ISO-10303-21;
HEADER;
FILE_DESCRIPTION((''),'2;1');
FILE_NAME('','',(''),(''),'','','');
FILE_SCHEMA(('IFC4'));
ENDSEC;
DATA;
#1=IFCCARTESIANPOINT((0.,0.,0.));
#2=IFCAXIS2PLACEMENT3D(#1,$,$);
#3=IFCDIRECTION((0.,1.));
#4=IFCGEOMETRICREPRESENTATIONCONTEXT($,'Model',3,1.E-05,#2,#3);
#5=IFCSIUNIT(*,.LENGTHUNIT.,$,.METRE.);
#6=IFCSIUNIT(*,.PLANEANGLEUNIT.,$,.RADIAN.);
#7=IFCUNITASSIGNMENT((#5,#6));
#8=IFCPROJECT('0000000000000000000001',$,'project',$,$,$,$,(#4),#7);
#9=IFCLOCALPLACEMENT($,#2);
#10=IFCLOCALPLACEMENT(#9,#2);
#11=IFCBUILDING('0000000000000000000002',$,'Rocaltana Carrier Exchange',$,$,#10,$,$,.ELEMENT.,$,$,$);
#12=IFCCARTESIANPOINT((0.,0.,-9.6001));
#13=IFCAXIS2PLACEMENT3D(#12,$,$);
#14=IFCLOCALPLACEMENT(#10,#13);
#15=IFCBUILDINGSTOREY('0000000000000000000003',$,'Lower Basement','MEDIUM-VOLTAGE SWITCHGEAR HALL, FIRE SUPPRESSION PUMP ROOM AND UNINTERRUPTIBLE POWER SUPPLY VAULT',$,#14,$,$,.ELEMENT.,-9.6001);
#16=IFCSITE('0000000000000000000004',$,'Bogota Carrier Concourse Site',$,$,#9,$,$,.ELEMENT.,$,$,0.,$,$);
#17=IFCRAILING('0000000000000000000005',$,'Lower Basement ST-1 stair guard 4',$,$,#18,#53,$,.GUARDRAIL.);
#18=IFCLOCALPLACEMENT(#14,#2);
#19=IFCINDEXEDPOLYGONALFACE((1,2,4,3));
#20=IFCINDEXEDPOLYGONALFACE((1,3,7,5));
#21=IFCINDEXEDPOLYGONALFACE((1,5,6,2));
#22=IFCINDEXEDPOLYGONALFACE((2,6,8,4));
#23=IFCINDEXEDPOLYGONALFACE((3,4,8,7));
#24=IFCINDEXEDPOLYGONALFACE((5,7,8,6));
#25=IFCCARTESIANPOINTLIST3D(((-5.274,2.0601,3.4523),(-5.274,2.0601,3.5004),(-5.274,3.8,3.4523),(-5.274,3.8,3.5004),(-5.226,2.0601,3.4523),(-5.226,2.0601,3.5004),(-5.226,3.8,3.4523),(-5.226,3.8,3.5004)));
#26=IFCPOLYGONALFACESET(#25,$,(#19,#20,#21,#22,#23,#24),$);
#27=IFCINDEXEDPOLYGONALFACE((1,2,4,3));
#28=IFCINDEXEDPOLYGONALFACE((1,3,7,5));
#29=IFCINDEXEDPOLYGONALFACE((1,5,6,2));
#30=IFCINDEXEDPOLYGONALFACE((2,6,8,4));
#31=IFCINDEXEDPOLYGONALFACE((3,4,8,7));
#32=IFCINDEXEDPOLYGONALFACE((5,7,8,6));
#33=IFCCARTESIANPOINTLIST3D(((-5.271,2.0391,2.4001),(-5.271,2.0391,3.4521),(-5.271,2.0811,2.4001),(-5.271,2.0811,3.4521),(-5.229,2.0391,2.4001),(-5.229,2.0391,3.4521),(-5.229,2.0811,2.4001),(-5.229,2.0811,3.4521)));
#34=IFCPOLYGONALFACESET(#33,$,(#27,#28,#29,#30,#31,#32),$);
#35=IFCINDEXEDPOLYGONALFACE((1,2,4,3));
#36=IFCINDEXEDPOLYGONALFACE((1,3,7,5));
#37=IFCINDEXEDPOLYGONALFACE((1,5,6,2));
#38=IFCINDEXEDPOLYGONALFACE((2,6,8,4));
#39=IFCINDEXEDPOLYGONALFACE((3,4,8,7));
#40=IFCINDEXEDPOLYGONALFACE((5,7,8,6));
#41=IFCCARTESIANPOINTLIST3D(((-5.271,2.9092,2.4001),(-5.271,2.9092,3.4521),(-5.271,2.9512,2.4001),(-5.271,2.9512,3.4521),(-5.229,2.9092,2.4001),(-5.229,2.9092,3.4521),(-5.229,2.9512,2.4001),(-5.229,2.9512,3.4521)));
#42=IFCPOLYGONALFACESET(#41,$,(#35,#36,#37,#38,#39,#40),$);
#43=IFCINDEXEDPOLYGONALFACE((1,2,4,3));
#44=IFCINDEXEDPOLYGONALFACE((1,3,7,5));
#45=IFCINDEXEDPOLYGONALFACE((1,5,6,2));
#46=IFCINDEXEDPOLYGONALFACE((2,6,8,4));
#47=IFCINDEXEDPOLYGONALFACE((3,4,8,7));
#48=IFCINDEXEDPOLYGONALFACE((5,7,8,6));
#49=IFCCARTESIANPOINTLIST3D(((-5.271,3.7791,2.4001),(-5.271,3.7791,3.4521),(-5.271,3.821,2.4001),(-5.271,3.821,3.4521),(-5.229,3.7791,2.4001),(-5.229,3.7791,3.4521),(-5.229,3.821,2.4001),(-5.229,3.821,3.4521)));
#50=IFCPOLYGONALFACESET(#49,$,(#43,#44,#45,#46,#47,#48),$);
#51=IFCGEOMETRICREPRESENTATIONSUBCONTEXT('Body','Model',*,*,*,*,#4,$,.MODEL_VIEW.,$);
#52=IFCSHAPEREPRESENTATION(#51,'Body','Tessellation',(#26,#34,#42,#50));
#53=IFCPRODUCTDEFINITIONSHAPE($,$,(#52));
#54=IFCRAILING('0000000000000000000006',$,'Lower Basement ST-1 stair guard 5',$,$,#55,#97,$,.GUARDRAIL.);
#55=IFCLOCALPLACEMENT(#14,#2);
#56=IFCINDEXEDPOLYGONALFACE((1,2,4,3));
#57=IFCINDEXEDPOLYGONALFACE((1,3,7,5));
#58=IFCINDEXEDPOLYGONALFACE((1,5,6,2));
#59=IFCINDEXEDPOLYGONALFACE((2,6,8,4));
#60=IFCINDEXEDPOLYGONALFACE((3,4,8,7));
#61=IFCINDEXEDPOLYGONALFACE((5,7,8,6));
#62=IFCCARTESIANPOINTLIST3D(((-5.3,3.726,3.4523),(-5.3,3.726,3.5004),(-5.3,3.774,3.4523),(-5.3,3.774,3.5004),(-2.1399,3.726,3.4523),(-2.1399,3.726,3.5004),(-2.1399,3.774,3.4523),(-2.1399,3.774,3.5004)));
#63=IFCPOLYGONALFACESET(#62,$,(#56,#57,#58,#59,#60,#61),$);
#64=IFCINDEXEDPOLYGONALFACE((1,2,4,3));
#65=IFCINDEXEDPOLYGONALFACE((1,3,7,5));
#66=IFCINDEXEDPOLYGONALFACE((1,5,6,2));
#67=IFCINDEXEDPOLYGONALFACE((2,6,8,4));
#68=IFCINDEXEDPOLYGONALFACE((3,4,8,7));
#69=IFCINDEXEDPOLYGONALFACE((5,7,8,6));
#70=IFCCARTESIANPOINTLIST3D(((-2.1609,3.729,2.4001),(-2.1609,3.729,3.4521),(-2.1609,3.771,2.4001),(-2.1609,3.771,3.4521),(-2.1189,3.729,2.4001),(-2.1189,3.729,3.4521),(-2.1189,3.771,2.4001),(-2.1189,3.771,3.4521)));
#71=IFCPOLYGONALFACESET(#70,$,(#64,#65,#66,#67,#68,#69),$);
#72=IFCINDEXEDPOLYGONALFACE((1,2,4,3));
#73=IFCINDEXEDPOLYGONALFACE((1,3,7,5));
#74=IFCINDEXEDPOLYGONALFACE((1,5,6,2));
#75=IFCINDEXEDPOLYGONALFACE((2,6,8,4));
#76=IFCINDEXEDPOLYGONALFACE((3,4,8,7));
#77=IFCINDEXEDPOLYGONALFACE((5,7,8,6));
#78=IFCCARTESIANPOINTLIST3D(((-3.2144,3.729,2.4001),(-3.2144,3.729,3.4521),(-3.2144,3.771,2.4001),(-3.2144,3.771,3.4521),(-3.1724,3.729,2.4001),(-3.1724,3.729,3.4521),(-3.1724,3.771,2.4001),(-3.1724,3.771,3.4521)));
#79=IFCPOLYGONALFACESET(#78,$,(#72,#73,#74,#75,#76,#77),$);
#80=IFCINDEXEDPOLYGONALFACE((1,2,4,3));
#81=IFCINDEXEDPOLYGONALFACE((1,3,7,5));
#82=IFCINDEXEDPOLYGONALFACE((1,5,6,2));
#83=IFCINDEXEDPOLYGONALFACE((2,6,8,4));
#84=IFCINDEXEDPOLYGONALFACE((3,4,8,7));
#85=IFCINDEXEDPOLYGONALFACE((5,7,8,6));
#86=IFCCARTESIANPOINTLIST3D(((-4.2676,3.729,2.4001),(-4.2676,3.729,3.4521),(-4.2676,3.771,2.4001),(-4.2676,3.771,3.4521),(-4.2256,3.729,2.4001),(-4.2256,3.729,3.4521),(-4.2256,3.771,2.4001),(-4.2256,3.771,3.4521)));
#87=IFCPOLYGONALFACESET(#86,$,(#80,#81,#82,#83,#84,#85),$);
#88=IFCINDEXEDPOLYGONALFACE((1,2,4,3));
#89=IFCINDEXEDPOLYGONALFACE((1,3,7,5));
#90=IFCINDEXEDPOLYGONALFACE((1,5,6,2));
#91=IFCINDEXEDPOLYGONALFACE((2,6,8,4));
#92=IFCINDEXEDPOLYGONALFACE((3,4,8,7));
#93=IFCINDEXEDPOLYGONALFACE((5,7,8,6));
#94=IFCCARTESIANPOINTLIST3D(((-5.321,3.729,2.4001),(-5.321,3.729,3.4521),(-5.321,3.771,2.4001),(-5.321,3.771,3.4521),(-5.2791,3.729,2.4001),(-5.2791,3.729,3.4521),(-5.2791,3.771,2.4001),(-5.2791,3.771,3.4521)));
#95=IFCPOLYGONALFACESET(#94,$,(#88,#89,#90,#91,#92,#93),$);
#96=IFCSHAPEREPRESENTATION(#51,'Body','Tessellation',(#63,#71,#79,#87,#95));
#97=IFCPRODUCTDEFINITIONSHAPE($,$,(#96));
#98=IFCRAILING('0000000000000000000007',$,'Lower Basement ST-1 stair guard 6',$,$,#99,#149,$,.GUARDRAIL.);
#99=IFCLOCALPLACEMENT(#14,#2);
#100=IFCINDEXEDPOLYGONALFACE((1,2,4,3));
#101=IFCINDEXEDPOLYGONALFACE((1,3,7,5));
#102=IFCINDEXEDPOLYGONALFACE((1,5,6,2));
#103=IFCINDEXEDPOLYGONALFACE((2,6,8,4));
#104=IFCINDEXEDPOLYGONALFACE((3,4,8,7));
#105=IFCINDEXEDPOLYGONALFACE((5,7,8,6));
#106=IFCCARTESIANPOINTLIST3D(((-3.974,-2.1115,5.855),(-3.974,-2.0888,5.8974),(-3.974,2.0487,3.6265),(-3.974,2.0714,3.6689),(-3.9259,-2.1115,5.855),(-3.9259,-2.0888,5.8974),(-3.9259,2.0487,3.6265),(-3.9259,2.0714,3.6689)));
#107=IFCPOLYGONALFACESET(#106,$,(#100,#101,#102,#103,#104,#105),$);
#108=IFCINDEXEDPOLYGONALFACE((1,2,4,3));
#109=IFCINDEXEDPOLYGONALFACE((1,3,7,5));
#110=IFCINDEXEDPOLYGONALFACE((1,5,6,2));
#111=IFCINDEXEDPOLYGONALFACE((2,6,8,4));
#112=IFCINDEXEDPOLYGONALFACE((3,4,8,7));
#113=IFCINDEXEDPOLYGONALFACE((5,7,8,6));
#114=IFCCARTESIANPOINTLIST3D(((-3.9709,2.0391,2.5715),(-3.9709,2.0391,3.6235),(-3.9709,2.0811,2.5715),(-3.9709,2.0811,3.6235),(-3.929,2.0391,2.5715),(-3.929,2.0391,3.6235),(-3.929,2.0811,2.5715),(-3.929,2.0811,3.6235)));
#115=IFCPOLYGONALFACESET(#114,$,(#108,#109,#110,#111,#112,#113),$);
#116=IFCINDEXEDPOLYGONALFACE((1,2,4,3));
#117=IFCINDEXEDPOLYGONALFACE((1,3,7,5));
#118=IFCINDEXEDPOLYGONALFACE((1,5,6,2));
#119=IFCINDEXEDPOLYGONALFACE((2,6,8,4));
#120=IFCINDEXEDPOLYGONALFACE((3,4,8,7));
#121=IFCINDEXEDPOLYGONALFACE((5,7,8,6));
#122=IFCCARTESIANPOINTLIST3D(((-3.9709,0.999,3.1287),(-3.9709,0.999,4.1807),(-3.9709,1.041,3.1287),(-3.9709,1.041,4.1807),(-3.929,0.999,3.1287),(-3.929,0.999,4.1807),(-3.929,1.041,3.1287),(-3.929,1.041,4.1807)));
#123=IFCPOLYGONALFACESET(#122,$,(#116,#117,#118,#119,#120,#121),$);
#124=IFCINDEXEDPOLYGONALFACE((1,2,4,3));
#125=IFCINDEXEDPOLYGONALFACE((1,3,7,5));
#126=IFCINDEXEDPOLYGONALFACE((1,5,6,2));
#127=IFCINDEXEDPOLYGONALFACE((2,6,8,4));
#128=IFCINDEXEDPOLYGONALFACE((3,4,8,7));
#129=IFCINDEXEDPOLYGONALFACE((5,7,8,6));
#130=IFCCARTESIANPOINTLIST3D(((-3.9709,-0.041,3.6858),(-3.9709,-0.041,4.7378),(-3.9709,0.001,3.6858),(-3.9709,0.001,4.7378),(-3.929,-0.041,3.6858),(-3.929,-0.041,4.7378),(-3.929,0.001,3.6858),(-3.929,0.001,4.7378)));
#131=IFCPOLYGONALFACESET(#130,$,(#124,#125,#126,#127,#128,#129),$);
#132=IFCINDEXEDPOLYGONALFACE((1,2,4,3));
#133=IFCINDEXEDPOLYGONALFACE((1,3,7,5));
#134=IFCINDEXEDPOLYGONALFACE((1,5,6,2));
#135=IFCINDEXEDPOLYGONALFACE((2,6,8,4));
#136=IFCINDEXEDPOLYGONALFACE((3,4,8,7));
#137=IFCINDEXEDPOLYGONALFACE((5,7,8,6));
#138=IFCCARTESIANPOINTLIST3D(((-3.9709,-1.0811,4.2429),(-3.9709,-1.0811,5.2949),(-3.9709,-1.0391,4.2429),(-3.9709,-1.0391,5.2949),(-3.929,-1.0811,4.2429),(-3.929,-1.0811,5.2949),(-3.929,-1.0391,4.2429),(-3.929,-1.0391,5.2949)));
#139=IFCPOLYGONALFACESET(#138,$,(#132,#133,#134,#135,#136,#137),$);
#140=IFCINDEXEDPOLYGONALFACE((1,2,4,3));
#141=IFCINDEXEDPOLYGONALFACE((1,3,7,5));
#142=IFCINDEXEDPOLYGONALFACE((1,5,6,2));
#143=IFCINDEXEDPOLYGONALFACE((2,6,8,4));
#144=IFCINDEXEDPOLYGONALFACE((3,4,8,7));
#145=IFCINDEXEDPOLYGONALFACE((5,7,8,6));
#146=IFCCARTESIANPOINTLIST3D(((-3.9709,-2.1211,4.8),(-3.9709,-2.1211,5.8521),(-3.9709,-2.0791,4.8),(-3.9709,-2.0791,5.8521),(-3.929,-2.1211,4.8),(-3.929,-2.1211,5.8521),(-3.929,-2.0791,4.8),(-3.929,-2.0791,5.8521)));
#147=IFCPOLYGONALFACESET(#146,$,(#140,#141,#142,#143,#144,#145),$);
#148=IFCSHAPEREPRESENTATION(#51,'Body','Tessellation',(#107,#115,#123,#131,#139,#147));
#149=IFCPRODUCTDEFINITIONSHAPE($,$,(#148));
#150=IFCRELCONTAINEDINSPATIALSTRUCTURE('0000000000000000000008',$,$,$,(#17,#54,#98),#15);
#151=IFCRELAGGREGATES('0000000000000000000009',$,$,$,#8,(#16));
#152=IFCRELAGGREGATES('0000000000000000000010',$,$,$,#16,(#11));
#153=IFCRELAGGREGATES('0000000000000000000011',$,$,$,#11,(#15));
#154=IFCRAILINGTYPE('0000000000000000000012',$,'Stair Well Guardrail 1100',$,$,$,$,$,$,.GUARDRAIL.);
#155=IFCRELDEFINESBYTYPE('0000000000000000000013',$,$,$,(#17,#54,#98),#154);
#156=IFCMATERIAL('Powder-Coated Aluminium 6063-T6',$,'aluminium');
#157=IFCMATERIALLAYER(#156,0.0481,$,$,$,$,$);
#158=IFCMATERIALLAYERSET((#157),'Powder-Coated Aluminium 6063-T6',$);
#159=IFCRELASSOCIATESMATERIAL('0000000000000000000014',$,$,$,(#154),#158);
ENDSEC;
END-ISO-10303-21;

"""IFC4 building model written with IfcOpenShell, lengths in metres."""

from ifc_helpers import new_model, si_unit, direction, frame, origin, origin_2d, place, context, subcontext, project, spatial, rectangle, extrude, material, layer, layer_set, type_object, element, save


model = new_model("IFC4")

# Units and contexts
model_context = context("Model", 3, precision=1e-05, world=origin(), true_north=direction((0.0, 1.0)))
body_context = subcontext(model_context, "Body", "Model", "MODEL_VIEW")
ifc_project = project(units=[si_unit("LENGTHUNIT", "METRE"), si_unit("PLANEANGLEUNIT", "RADIAN")], contexts=[model_context])

# Site, building, storey
site_placement = place(None, origin())
site = spatial("IfcSite", under=ifc_project, at=site_placement, Name="Bogota Carrier Concourse Site", CompositionType="ELEMENT", RefElevation=0.0)
building_placement = place(site_placement, origin())
building = spatial("IfcBuilding", under=site, at=building_placement, Name="Rocaltana Carrier Exchange", CompositionType="ELEMENT")
storey_placement = place(building_placement, frame((0.0, 0.0, -9.6001)))
storey = spatial("IfcBuildingStorey", under=building, at=storey_placement, Name="Lower Basement", Description="MEDIUM-VOLTAGE SWITCHGEAR HALL, FIRE SUPPRESSION PUMP ROOM AND UNINTERRUPTIBLE POWER SUPPLY VAULT", CompositionType="ELEMENT", Elevation=-9.6001)

# Railings
ifc_material_1 = material(Name="Powder-Coated Aluminium 6063-T6", Category="aluminium")
ifc_layer_1 = layer(ifc_material_1, 0.0481)
ifc_layer_set_1 = layer_set([ifc_layer_1], Name="Powder-Coated Aluminium 6063-T6")
railing_type_1 = type_object("IfcRailingType", Name="Stair Well Guardrail 1100", PredefinedType="GUARDRAIL", material=ifc_layer_set_1)
for number, where, name in (
    (1, (-5.25, 2.0601, 2.4001), "Lower Basement ST-1 stair guard 4"),
):
    element("IfcRailing", number, at=place(storey_placement, frame(where)), inside=storey, type_object=railing_type_1, Name=name, PredefinedType="GUARDRAIL", context=body_context, shape_type="SweptSolid", body=[
        extrude(rectangle(XDim=0.0481, YDim=0.0481, at=origin_2d()), frame((0.0, 0.0, 1.0762), z_axis=(0.0, 1.0, 0.0), x_axis=(-1.0, 0.0, 0.0)), (0.0, 0.0, 1.0), 1.74),
        extrude(rectangle(XDim=0.042, YDim=0.042, at=origin_2d()), origin(), (0.0, 0.0, 1.0), 1.052),
        extrude(rectangle(XDim=0.042, YDim=0.042, at=origin_2d()), frame((0.0, 0.8701, 0.0)), (0.0, 0.0, 1.0), 1.052),
        extrude(rectangle(XDim=0.042, YDim=0.042, at=origin_2d()), frame((0.0, 1.74, 0.0)), (0.0, 0.0, 1.0), 1.052),
    ])
railing_1_placement = place(storey_placement, frame((-2.1399, 3.75, 2.4001)))
element("IfcRailing", 2, at=railing_1_placement, inside=storey, type_object=railing_type_1, Name="Lower Basement ST-1 stair guard 5", PredefinedType="GUARDRAIL", context=body_context, shape_type="SweptSolid", body=[
    extrude(rectangle(XDim=0.0481, YDim=0.0481, at=origin_2d()), frame((0.0, 0.0, 1.0762), z_axis=(-1.0, 0.0, 0.0), x_axis=(0.0, -1.0, 0.0)), (0.0, 0.0, 1.0), 3.1602),
    extrude(rectangle(XDim=0.042, YDim=0.042, at=origin_2d()), origin(), (0.0, 0.0, 1.0), 1.052),
    extrude(rectangle(XDim=0.042, YDim=0.042, at=origin_2d()), frame((-1.0535, 0.0, 0.0)), (0.0, 0.0, 1.0), 1.052),
    extrude(rectangle(XDim=0.042, YDim=0.042, at=origin_2d()), frame((-2.1067, 0.0, 0.0)), (0.0, 0.0, 1.0), 1.052),
    extrude(rectangle(XDim=0.042, YDim=0.042, at=origin_2d()), frame((-3.1602, 0.0, 0.0)), (0.0, 0.0, 1.0), 1.052),
])
railing_2_placement = place(storey_placement, frame((-3.95, 2.0601, 2.5715)))
element("IfcRailing", 3, at=railing_2_placement, inside=storey, type_object=railing_type_1, Name="Lower Basement ST-1 stair guard 6", PredefinedType="GUARDRAIL", context=body_context, shape_type="SweptSolid", body=[
    extrude(rectangle(XDim=0.0481, YDim=0.0481, at=origin_2d()), frame((0.0, 0.0, 1.0762), z_axis=(0.0, -0.881492, 0.472198), x_axis=(1.0, 0.0, 0.0)), (0.0, 0.0, 1.0), 4.7195),
    extrude(rectangle(XDim=0.042, YDim=0.042, at=origin_2d()), origin(), (0.0, 0.0, 1.0), 1.052),
    extrude(rectangle(XDim=0.042, YDim=0.042, at=origin_2d()), frame((0.0, -1.04, 0.5571)), (0.0, 0.0, 1.0), 1.052),
    extrude(rectangle(XDim=0.042, YDim=0.042, at=origin_2d()), frame((0.0, -2.0801, 1.1143)), (0.0, 0.0, 1.0), 1.052),
    extrude(rectangle(XDim=0.042, YDim=0.042, at=origin_2d()), frame((0.0, -3.1201, 1.6714)), (0.0, 0.0, 1.0), 1.052),
    extrude(rectangle(XDim=0.042, YDim=0.042, at=origin_2d()), frame((0.0, -4.1602, 2.2285)), (0.0, 0.0, 1.0), 1.052),
])

save(model, "model.ifc")
